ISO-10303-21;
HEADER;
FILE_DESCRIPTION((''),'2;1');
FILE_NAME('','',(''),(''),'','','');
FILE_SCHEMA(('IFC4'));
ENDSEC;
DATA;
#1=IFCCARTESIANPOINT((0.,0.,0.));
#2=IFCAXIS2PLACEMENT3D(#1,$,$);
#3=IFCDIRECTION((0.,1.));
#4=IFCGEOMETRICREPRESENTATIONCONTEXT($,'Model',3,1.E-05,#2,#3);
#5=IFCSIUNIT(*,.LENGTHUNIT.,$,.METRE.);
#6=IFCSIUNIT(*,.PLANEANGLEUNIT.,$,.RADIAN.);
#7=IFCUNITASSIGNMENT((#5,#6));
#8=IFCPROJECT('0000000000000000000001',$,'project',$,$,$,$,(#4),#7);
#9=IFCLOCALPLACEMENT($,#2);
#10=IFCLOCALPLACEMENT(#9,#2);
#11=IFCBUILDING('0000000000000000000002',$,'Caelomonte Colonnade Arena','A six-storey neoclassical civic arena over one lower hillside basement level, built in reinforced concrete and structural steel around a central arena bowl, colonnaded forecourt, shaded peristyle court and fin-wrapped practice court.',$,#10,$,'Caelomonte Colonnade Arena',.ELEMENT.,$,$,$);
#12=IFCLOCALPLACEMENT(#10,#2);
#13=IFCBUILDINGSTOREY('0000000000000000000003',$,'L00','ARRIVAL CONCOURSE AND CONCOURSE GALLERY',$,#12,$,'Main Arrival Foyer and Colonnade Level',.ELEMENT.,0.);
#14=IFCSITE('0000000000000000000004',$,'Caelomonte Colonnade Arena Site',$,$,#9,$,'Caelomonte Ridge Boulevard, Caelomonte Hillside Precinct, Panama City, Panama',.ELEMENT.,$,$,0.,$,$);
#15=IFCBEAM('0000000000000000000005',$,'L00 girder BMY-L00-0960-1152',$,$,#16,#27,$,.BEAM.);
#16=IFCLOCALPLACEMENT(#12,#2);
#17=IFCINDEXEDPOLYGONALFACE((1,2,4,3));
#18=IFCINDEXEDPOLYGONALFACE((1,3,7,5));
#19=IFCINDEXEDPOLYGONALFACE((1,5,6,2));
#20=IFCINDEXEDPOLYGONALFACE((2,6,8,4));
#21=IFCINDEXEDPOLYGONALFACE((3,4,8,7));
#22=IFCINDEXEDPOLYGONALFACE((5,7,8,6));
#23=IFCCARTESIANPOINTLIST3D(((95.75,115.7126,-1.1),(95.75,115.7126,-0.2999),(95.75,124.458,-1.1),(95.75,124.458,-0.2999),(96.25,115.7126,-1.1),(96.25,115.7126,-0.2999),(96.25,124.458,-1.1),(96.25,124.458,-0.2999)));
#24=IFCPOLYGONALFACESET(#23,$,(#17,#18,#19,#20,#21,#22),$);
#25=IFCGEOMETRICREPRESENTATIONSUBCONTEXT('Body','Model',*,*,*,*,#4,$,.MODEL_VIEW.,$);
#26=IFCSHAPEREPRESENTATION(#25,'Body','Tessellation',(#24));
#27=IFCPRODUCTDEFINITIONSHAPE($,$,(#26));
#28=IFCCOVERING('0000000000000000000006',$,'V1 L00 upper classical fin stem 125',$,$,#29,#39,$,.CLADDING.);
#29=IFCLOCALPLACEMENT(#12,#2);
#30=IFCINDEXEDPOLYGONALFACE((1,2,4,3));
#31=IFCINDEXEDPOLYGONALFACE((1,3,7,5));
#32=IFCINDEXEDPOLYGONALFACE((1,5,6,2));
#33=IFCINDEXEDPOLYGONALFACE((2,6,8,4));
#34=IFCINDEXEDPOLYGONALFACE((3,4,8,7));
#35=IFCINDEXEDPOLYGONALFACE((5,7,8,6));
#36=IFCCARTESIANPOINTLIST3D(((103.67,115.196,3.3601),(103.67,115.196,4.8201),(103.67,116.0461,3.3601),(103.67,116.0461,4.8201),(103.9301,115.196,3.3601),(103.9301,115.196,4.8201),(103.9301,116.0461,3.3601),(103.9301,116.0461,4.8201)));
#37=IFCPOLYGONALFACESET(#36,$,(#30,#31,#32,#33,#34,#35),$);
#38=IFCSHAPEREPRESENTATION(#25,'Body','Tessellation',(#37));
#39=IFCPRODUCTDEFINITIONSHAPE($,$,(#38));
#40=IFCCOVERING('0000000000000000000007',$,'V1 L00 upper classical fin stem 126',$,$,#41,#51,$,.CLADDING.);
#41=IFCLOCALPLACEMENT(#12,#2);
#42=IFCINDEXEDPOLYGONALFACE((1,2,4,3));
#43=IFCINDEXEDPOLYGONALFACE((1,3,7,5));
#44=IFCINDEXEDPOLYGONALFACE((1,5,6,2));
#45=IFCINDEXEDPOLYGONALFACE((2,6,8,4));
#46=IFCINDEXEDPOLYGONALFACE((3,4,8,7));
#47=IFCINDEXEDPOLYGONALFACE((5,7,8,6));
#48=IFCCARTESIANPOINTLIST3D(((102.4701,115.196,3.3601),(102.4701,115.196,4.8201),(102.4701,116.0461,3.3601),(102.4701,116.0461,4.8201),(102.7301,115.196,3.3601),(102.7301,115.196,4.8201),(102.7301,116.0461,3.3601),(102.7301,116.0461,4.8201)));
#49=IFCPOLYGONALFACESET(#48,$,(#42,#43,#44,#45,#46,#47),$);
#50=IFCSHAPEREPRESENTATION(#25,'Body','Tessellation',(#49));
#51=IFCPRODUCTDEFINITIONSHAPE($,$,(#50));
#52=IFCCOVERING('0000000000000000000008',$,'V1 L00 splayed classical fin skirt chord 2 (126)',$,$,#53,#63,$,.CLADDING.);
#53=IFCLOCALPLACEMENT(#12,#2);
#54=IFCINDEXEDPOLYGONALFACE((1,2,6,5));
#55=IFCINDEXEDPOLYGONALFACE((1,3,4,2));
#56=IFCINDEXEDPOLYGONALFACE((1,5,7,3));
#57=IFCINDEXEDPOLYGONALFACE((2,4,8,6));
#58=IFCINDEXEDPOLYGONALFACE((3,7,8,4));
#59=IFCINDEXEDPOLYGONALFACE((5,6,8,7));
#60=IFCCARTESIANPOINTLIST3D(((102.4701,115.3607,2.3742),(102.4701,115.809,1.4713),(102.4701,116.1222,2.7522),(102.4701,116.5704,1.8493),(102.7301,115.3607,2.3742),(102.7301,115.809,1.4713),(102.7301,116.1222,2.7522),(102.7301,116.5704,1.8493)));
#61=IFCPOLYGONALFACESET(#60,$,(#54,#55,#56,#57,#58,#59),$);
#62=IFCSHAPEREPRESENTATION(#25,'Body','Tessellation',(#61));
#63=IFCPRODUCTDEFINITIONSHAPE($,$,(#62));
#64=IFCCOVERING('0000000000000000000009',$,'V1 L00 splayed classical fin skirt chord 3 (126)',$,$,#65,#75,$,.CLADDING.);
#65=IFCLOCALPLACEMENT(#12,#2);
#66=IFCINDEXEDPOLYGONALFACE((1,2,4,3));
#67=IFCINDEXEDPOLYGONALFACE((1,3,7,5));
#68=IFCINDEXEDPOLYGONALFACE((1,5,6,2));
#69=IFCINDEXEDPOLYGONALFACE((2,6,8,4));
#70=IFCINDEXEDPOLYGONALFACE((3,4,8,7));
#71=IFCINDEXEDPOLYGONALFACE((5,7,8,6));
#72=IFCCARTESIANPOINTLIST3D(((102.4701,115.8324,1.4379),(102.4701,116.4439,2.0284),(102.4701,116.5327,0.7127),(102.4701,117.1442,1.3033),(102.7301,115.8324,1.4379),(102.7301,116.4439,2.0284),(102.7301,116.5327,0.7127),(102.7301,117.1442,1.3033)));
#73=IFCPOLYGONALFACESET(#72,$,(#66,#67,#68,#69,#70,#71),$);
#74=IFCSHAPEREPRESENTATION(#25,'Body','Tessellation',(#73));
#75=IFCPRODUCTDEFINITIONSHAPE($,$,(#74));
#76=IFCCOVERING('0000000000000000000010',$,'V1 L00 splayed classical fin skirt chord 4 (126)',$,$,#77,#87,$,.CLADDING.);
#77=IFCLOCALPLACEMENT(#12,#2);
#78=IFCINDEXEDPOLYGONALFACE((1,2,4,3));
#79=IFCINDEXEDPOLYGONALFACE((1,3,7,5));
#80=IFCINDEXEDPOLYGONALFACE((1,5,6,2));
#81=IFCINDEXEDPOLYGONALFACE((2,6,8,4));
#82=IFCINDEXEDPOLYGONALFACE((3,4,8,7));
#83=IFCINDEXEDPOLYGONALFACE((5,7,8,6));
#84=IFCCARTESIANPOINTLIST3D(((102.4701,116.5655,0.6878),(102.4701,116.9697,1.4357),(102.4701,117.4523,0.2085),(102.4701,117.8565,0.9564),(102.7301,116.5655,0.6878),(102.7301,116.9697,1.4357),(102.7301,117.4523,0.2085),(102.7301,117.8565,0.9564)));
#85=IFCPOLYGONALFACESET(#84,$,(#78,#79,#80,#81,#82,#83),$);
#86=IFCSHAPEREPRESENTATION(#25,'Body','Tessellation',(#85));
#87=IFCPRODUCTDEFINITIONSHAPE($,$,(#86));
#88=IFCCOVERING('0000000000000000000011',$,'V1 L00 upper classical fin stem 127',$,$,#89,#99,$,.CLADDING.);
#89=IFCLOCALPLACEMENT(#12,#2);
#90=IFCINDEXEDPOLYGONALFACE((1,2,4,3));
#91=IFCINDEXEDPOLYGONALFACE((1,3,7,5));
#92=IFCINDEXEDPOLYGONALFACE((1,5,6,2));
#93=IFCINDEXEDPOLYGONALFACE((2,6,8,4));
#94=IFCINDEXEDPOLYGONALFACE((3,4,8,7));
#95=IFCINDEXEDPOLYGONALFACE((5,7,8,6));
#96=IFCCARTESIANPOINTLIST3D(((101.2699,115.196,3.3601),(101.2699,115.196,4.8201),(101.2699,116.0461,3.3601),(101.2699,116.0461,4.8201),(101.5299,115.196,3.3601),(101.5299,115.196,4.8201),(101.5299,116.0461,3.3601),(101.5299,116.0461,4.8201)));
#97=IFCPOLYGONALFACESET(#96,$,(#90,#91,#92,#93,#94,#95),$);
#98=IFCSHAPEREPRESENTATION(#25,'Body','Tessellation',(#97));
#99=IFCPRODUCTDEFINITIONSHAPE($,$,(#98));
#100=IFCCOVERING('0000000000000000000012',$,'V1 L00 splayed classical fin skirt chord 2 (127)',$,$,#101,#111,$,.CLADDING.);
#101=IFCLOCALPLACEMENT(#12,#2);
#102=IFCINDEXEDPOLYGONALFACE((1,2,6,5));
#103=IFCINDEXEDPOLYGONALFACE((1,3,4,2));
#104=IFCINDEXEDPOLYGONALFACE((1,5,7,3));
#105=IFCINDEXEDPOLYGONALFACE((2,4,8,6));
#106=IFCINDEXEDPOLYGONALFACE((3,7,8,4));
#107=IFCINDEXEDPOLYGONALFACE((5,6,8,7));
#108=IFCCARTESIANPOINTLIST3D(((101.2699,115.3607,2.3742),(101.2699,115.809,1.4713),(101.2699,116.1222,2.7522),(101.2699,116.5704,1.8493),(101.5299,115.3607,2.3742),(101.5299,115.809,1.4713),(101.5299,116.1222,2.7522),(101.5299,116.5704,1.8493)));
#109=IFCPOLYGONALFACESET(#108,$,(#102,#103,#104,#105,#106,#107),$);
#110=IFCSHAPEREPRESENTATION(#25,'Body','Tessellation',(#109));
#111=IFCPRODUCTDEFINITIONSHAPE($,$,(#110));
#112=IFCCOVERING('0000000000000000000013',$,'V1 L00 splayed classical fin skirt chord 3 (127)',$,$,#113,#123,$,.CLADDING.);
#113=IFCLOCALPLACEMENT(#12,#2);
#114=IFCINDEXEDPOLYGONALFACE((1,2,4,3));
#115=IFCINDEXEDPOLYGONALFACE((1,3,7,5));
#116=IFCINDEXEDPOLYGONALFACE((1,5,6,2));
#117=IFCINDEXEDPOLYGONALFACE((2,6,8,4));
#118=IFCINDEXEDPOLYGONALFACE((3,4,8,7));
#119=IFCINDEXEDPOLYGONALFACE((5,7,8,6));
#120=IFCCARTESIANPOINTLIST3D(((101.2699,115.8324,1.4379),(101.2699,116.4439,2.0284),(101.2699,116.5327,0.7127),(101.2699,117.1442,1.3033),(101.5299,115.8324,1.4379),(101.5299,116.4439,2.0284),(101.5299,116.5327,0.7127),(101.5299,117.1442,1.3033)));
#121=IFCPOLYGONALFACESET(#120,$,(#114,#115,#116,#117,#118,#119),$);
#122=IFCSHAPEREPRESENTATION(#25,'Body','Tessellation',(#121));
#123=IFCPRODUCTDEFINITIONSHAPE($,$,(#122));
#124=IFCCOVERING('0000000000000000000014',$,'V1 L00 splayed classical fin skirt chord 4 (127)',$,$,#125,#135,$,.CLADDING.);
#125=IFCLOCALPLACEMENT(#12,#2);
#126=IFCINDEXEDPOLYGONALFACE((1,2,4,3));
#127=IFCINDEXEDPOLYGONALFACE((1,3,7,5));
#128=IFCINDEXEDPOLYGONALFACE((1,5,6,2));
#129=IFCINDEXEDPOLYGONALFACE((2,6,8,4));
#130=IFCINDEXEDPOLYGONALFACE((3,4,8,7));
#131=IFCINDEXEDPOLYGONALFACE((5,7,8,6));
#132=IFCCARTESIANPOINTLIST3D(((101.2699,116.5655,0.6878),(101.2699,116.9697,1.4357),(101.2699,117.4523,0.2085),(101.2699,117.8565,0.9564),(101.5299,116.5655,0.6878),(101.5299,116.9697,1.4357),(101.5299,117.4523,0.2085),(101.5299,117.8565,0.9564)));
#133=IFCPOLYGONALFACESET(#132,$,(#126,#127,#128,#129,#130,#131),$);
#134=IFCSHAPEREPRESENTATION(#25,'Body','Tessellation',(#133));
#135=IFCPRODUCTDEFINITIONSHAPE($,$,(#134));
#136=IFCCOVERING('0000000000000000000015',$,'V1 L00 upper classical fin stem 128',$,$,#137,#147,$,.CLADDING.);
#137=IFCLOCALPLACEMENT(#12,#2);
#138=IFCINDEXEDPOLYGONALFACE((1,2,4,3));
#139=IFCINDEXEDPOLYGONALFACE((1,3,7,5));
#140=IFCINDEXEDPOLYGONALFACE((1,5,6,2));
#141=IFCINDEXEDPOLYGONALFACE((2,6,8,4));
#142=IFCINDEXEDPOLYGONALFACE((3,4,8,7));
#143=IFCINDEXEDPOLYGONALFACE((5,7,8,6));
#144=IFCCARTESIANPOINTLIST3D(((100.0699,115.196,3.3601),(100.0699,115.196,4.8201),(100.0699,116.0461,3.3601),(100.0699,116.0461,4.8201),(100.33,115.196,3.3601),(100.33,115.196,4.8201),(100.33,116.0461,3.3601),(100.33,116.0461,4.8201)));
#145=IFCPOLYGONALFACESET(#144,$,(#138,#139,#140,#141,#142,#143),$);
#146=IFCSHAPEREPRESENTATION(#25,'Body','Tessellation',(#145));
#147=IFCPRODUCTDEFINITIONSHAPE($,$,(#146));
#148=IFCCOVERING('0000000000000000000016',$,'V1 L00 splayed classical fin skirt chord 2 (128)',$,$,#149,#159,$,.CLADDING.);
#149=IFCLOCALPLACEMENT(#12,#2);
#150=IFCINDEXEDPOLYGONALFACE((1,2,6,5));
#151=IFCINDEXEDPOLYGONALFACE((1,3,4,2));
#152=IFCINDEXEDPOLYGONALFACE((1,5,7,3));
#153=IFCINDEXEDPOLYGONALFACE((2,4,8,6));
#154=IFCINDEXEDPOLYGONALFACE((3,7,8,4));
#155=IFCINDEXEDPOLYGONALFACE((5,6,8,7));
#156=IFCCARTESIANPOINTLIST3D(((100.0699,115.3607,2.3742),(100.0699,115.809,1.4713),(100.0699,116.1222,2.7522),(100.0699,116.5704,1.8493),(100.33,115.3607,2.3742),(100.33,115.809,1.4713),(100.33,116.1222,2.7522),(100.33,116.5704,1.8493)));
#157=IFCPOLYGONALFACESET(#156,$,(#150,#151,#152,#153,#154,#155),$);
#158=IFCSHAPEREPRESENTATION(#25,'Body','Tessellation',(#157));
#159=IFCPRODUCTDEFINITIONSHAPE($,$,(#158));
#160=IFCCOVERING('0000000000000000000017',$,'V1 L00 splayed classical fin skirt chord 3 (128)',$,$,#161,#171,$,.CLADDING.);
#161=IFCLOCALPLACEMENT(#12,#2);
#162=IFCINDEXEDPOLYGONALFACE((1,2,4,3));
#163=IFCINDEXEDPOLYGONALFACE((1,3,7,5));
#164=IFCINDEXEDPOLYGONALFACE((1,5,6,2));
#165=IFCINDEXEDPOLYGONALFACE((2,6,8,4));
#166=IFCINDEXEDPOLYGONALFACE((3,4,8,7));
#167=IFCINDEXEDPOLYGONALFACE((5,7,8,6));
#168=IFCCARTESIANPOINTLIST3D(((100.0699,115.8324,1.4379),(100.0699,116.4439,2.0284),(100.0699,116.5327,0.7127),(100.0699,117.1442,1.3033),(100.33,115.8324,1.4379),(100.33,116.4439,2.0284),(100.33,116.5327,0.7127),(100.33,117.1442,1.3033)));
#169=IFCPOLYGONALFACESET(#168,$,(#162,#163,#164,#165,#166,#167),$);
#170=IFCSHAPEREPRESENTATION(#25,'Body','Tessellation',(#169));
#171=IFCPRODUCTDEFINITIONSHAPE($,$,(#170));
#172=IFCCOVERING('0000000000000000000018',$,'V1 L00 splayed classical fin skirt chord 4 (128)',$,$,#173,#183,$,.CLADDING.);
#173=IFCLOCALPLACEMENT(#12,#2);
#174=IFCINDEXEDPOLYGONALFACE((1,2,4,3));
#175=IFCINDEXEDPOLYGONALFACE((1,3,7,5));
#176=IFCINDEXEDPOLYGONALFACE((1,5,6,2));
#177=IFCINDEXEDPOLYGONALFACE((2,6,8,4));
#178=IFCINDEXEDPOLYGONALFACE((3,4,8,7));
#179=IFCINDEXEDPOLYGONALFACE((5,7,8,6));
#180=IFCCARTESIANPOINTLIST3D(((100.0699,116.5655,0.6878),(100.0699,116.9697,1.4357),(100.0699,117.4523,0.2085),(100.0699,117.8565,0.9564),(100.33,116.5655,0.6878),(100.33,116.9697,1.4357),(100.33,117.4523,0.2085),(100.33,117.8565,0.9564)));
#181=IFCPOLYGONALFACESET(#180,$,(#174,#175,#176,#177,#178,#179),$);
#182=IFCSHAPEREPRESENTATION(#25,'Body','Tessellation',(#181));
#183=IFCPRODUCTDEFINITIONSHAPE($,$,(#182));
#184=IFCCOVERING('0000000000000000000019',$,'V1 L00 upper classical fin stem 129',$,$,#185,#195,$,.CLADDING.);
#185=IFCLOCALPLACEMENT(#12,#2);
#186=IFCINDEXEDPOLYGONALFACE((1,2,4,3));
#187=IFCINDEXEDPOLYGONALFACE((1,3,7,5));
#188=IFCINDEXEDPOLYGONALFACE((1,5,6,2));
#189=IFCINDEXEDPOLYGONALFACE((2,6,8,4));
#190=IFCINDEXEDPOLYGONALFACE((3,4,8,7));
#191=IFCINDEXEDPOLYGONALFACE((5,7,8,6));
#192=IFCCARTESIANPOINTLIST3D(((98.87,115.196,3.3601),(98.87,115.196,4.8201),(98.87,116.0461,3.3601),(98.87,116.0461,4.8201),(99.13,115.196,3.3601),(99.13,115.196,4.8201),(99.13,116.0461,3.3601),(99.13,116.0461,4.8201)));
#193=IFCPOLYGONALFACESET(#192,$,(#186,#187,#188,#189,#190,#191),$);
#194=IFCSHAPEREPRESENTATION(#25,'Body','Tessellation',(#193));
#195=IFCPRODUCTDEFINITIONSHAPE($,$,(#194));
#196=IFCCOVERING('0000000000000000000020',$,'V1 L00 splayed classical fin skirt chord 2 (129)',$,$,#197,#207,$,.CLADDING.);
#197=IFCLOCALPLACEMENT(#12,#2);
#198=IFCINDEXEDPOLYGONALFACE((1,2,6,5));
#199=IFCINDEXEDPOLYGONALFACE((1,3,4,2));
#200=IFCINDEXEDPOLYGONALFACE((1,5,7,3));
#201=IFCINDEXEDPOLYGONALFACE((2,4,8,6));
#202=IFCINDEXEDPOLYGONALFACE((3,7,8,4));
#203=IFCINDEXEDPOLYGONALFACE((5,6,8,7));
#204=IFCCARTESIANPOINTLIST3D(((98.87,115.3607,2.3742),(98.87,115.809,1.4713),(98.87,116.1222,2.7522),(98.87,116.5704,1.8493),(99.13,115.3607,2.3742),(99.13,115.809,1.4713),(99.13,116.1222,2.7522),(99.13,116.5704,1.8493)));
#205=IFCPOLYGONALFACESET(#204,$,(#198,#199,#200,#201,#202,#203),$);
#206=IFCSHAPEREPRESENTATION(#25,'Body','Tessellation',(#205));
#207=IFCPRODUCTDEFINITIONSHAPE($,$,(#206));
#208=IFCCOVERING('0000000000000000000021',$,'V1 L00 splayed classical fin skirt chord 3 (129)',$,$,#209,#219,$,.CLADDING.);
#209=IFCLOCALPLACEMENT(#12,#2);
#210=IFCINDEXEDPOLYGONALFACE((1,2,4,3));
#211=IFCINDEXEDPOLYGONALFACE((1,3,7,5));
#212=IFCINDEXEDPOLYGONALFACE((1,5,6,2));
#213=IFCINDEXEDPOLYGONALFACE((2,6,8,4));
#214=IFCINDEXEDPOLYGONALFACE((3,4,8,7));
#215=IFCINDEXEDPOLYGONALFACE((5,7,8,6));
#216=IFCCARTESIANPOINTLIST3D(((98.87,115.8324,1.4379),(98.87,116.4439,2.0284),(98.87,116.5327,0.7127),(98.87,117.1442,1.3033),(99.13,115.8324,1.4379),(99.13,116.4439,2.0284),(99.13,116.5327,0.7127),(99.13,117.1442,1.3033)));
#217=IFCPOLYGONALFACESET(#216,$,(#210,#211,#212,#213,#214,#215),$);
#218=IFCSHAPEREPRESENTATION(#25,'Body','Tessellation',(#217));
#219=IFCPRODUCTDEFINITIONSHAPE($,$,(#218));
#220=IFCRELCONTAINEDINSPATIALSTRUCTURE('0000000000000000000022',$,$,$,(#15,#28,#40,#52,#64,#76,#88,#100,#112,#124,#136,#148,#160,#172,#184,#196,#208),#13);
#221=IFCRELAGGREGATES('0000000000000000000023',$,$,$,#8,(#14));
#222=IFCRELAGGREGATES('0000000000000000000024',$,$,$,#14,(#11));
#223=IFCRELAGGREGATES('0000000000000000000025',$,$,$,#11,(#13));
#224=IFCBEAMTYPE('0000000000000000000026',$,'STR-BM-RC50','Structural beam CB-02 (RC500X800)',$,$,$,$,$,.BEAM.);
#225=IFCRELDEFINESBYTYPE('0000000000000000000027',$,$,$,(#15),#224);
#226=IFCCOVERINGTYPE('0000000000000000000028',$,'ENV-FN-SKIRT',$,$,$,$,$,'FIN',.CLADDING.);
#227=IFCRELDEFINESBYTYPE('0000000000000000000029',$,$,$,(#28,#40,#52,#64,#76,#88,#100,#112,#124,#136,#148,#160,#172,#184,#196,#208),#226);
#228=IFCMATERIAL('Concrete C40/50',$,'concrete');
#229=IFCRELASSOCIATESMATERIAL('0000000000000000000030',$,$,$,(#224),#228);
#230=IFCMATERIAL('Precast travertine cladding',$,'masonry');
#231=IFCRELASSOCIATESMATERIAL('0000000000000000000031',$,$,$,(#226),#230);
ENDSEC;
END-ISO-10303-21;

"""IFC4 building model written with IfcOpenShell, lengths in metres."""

from ifc_helpers import new_model, si_unit, direction, frame, origin, origin_2d, place, context, subcontext, project, spatial, rectangle, extrude, material, material_profile, profile_set, type_object, element, save


model = new_model("IFC4")

# Units and contexts
model_context = context("Model", 3, precision=1e-05, world=origin(), true_north=direction((0.0, 1.0)))
body_context = subcontext(model_context, "Body", "Model", "MODEL_VIEW")
ifc_project = project(units=[si_unit("LENGTHUNIT", "METRE"), si_unit("PLANEANGLEUNIT", "RADIAN")], contexts=[model_context])

# Site, building, storey
site_placement = place(None, origin())
site = spatial("IfcSite", under=ifc_project, at=site_placement, Name="Caelomonte Colonnade Arena Site", LongName="Caelomonte Ridge Boulevard, Caelomonte Hillside Precinct, Panama City, Panama", CompositionType="ELEMENT", RefElevation=0.0)
building_placement = place(site_placement, origin())
building = spatial("IfcBuilding", under=site, at=building_placement, Name="Caelomonte Colonnade Arena", Description="A six-storey neoclassical civic arena over one lower hillside basement level, built in reinforced concrete and structural steel around a central arena bowl, colonnaded forecourt, shaded peristyle court and fin-wrapped practice court.", LongName="Caelomonte Colonnade Arena", CompositionType="ELEMENT")
storey_placement = place(building_placement, origin())
storey = spatial("IfcBuildingStorey", under=building, at=storey_placement, Name="L00", Description="ARRIVAL CONCOURSE AND CONCOURSE GALLERY", LongName="Main Arrival Foyer and Colonnade Level", CompositionType="ELEMENT", Elevation=0.0)

# Beam
ifc_material_1 = material(Name="Concrete C40/50", Category="concrete")
ifc_material_profile_1 = material_profile(ifc_material_1, rectangle(XDim=0.5, YDim=0.8, at=origin_2d()), Name="RC500X800")
ifc_profile_set_1 = profile_set([ifc_material_profile_1], Name="Concrete C40/50")
beam_type = type_object("IfcBeamType", Name="STR-BM-RC50", Description="Structural beam CB-02 (RC500X800)", PredefinedType="BEAM", material=ifc_profile_set_1)
beam_placement = place(storey_placement, frame((96.0, 115.7126, -0.7), z_axis=(0.0, 1.0, 0.0), x_axis=(-1.0, 0.0, 0.0)))
element("IfcBeam", 1, at=beam_placement, inside=storey, type_object=beam_type, Name="L00 girder BMY-L00-0960-1152", PredefinedType="BEAM", context=body_context, shape_type="SweptSolid", body=[
    extrude(rectangle(XDim=0.5, YDim=0.8, at=origin_2d()), origin(), (0.0, 0.0, 1.0), 8.7454),
])

# Coverings
ifc_material_2 = material(Name="Precast travertine cladding", Category="masonry")
ifc_material_profile_2 = material_profile(ifc_material_2, rectangle(XDim=0.26, YDim=0.8501, at=origin_2d()), Name="FIN260X850")
ifc_profile_set_2 = profile_set([ifc_material_profile_2], Name="Precast travertine cladding")
covering_type = type_object("IfcCoveringType", Name="ENV-FN-SKIRT", ElementType="FIN", PredefinedType="CLADDING", material=ifc_profile_set_2)
for number, where, z_axis, x_axis, name in (
    (2, (103.8, 115.6211, 3.3601), (0.0, 0.0, 1.0), (1.0, 0.0, 0.0), "V1 L00 upper classical fin stem 125"),
    (3, (102.6001, 115.6211, 3.3601), (0.0, 0.0, 1.0), (1.0, 0.0, 0.0), "V1 L00 upper classical fin stem 126"),
):
    element("IfcCovering", number, at=place(storey_placement, frame(where, z_axis=z_axis, x_axis=x_axis)), inside=storey, type_object=covering_type, Name=name, PredefinedType="CLADDING", context=body_context, shape_type="SweptSolid", body=[
        extrude(rectangle(XDim=0.26, YDim=0.8501, at=origin_2d()), origin(), (0.0, 0.0, 1.0), 1.46),
    ])
for number, where, z_axis, x_axis, name in (
    (4, (102.6001, 115.7415, 2.5632), (0.0, 0.444693, -0.895683), (-1.0, 0.0, 0.0), "V1 L00 splayed classical fin skirt chord 2 (126)"),
    (5, (102.6001, 116.1382, 1.7332), (0.0, 0.694646, -0.719351), (-1.0, 0.0, 0.0), "V1 L00 splayed classical fin skirt chord 3 (126)"),
    (6, (102.6001, 116.7676, 1.0618), (0.0, 0.879731, -0.475471), (-1.0, 0.0, 0.0), "V1 L00 splayed classical fin skirt chord 4 (126)"),
):
    element("IfcCovering", number, at=place(storey_placement, frame(where, z_axis=z_axis, x_axis=x_axis)), inside=storey, type_object=covering_type, Name=name, PredefinedType="CLADDING", context=body_context, shape_type="SweptSolid", body=[
        extrude(rectangle(XDim=0.26, YDim=0.8501, at=origin_2d()), origin(), (0.0, 0.0, 1.0), 1.0081),
    ])
covering_1_placement = place(storey_placement, frame((101.3999, 115.6211, 3.3601), z_axis=(0.0, 0.0, 1.0), x_axis=(1.0, 0.0, 0.0)))
element("IfcCovering", 7, at=covering_1_placement, inside=storey, type_object=covering_type, Name="V1 L00 upper classical fin stem 127", PredefinedType="CLADDING", context=body_context, shape_type="SweptSolid", body=[
    extrude(rectangle(XDim=0.26, YDim=0.8501, at=origin_2d()), origin(), (0.0, 0.0, 1.0), 1.46),
])
for number, where, z_axis, x_axis, name in (
    (8, (101.3999, 115.7415, 2.5632), (0.0, 0.444693, -0.895683), (-1.0, 0.0, 0.0), "V1 L00 splayed classical fin skirt chord 2 (127)"),
    (9, (101.3999, 116.1382, 1.7332), (0.0, 0.694646, -0.719351), (-1.0, 0.0, 0.0), "V1 L00 splayed classical fin skirt chord 3 (127)"),
    (10, (101.3999, 116.7676, 1.0618), (0.0, 0.879731, -0.475471), (-1.0, 0.0, 0.0), "V1 L00 splayed classical fin skirt chord 4 (127)"),
):
    element("IfcCovering", number, at=place(storey_placement, frame(where, z_axis=z_axis, x_axis=x_axis)), inside=storey, type_object=covering_type, Name=name, PredefinedType="CLADDING", context=body_context, shape_type="SweptSolid", body=[
        extrude(rectangle(XDim=0.26, YDim=0.8501, at=origin_2d()), origin(), (0.0, 0.0, 1.0), 1.0081),
    ])
covering_2_placement = place(storey_placement, frame((100.2, 115.6211, 3.3601), z_axis=(0.0, 0.0, 1.0), x_axis=(1.0, 0.0, 0.0)))
element("IfcCovering", 11, at=covering_2_placement, inside=storey, type_object=covering_type, Name="V1 L00 upper classical fin stem 128", PredefinedType="CLADDING", context=body_context, shape_type="SweptSolid", body=[
    extrude(rectangle(XDim=0.26, YDim=0.8501, at=origin_2d()), origin(), (0.0, 0.0, 1.0), 1.46),
])
for number, where, z_axis, x_axis, name in (
    (12, (100.2, 115.7415, 2.5632), (0.0, 0.444693, -0.895683), (-1.0, 0.0, 0.0), "V1 L00 splayed classical fin skirt chord 2 (128)"),
    (13, (100.2, 116.1382, 1.7332), (0.0, 0.694646, -0.719351), (-1.0, 0.0, 0.0), "V1 L00 splayed classical fin skirt chord 3 (128)"),
    (14, (100.2, 116.7676, 1.0618), (0.0, 0.879731, -0.475471), (-1.0, 0.0, 0.0), "V1 L00 splayed classical fin skirt chord 4 (128)"),
):
    element("IfcCovering", number, at=place(storey_placement, frame(where, z_axis=z_axis, x_axis=x_axis)), inside=storey, type_object=covering_type, Name=name, PredefinedType="CLADDING", context=body_context, shape_type="SweptSolid", body=[
        extrude(rectangle(XDim=0.26, YDim=0.8501, at=origin_2d()), origin(), (0.0, 0.0, 1.0), 1.0081),
    ])
covering_3_placement = place(storey_placement, frame((99.0, 115.6211, 3.3601), z_axis=(0.0, 0.0, 1.0), x_axis=(1.0, 0.0, 0.0)))
element("IfcCovering", 15, at=covering_3_placement, inside=storey, type_object=covering_type, Name="V1 L00 upper classical fin stem 129", PredefinedType="CLADDING", context=body_context, shape_type="SweptSolid", body=[
    extrude(rectangle(XDim=0.26, YDim=0.8501, at=origin_2d()), origin(), (0.0, 0.0, 1.0), 1.46),
])
for number, where, z_axis, x_axis, name in (
    (16, (99.0, 115.7415, 2.5632), (0.0, 0.444693, -0.895683), (-1.0, 0.0, 0.0), "V1 L00 splayed classical fin skirt chord 2 (129)"),
    (17, (99.0, 116.1382, 1.7332), (0.0, 0.694646, -0.719351), (-1.0, 0.0, 0.0), "V1 L00 splayed classical fin skirt chord 3 (129)"),
):
    element("IfcCovering", number, at=place(storey_placement, frame(where, z_axis=z_axis, x_axis=x_axis)), inside=storey, type_object=covering_type, Name=name, PredefinedType="CLADDING", context=body_context, shape_type="SweptSolid", body=[
        extrude(rectangle(XDim=0.26, YDim=0.8501, at=origin_2d()), origin(), (0.0, 0.0, 1.0), 1.0081),
    ])

save(model, "model.ifc")
